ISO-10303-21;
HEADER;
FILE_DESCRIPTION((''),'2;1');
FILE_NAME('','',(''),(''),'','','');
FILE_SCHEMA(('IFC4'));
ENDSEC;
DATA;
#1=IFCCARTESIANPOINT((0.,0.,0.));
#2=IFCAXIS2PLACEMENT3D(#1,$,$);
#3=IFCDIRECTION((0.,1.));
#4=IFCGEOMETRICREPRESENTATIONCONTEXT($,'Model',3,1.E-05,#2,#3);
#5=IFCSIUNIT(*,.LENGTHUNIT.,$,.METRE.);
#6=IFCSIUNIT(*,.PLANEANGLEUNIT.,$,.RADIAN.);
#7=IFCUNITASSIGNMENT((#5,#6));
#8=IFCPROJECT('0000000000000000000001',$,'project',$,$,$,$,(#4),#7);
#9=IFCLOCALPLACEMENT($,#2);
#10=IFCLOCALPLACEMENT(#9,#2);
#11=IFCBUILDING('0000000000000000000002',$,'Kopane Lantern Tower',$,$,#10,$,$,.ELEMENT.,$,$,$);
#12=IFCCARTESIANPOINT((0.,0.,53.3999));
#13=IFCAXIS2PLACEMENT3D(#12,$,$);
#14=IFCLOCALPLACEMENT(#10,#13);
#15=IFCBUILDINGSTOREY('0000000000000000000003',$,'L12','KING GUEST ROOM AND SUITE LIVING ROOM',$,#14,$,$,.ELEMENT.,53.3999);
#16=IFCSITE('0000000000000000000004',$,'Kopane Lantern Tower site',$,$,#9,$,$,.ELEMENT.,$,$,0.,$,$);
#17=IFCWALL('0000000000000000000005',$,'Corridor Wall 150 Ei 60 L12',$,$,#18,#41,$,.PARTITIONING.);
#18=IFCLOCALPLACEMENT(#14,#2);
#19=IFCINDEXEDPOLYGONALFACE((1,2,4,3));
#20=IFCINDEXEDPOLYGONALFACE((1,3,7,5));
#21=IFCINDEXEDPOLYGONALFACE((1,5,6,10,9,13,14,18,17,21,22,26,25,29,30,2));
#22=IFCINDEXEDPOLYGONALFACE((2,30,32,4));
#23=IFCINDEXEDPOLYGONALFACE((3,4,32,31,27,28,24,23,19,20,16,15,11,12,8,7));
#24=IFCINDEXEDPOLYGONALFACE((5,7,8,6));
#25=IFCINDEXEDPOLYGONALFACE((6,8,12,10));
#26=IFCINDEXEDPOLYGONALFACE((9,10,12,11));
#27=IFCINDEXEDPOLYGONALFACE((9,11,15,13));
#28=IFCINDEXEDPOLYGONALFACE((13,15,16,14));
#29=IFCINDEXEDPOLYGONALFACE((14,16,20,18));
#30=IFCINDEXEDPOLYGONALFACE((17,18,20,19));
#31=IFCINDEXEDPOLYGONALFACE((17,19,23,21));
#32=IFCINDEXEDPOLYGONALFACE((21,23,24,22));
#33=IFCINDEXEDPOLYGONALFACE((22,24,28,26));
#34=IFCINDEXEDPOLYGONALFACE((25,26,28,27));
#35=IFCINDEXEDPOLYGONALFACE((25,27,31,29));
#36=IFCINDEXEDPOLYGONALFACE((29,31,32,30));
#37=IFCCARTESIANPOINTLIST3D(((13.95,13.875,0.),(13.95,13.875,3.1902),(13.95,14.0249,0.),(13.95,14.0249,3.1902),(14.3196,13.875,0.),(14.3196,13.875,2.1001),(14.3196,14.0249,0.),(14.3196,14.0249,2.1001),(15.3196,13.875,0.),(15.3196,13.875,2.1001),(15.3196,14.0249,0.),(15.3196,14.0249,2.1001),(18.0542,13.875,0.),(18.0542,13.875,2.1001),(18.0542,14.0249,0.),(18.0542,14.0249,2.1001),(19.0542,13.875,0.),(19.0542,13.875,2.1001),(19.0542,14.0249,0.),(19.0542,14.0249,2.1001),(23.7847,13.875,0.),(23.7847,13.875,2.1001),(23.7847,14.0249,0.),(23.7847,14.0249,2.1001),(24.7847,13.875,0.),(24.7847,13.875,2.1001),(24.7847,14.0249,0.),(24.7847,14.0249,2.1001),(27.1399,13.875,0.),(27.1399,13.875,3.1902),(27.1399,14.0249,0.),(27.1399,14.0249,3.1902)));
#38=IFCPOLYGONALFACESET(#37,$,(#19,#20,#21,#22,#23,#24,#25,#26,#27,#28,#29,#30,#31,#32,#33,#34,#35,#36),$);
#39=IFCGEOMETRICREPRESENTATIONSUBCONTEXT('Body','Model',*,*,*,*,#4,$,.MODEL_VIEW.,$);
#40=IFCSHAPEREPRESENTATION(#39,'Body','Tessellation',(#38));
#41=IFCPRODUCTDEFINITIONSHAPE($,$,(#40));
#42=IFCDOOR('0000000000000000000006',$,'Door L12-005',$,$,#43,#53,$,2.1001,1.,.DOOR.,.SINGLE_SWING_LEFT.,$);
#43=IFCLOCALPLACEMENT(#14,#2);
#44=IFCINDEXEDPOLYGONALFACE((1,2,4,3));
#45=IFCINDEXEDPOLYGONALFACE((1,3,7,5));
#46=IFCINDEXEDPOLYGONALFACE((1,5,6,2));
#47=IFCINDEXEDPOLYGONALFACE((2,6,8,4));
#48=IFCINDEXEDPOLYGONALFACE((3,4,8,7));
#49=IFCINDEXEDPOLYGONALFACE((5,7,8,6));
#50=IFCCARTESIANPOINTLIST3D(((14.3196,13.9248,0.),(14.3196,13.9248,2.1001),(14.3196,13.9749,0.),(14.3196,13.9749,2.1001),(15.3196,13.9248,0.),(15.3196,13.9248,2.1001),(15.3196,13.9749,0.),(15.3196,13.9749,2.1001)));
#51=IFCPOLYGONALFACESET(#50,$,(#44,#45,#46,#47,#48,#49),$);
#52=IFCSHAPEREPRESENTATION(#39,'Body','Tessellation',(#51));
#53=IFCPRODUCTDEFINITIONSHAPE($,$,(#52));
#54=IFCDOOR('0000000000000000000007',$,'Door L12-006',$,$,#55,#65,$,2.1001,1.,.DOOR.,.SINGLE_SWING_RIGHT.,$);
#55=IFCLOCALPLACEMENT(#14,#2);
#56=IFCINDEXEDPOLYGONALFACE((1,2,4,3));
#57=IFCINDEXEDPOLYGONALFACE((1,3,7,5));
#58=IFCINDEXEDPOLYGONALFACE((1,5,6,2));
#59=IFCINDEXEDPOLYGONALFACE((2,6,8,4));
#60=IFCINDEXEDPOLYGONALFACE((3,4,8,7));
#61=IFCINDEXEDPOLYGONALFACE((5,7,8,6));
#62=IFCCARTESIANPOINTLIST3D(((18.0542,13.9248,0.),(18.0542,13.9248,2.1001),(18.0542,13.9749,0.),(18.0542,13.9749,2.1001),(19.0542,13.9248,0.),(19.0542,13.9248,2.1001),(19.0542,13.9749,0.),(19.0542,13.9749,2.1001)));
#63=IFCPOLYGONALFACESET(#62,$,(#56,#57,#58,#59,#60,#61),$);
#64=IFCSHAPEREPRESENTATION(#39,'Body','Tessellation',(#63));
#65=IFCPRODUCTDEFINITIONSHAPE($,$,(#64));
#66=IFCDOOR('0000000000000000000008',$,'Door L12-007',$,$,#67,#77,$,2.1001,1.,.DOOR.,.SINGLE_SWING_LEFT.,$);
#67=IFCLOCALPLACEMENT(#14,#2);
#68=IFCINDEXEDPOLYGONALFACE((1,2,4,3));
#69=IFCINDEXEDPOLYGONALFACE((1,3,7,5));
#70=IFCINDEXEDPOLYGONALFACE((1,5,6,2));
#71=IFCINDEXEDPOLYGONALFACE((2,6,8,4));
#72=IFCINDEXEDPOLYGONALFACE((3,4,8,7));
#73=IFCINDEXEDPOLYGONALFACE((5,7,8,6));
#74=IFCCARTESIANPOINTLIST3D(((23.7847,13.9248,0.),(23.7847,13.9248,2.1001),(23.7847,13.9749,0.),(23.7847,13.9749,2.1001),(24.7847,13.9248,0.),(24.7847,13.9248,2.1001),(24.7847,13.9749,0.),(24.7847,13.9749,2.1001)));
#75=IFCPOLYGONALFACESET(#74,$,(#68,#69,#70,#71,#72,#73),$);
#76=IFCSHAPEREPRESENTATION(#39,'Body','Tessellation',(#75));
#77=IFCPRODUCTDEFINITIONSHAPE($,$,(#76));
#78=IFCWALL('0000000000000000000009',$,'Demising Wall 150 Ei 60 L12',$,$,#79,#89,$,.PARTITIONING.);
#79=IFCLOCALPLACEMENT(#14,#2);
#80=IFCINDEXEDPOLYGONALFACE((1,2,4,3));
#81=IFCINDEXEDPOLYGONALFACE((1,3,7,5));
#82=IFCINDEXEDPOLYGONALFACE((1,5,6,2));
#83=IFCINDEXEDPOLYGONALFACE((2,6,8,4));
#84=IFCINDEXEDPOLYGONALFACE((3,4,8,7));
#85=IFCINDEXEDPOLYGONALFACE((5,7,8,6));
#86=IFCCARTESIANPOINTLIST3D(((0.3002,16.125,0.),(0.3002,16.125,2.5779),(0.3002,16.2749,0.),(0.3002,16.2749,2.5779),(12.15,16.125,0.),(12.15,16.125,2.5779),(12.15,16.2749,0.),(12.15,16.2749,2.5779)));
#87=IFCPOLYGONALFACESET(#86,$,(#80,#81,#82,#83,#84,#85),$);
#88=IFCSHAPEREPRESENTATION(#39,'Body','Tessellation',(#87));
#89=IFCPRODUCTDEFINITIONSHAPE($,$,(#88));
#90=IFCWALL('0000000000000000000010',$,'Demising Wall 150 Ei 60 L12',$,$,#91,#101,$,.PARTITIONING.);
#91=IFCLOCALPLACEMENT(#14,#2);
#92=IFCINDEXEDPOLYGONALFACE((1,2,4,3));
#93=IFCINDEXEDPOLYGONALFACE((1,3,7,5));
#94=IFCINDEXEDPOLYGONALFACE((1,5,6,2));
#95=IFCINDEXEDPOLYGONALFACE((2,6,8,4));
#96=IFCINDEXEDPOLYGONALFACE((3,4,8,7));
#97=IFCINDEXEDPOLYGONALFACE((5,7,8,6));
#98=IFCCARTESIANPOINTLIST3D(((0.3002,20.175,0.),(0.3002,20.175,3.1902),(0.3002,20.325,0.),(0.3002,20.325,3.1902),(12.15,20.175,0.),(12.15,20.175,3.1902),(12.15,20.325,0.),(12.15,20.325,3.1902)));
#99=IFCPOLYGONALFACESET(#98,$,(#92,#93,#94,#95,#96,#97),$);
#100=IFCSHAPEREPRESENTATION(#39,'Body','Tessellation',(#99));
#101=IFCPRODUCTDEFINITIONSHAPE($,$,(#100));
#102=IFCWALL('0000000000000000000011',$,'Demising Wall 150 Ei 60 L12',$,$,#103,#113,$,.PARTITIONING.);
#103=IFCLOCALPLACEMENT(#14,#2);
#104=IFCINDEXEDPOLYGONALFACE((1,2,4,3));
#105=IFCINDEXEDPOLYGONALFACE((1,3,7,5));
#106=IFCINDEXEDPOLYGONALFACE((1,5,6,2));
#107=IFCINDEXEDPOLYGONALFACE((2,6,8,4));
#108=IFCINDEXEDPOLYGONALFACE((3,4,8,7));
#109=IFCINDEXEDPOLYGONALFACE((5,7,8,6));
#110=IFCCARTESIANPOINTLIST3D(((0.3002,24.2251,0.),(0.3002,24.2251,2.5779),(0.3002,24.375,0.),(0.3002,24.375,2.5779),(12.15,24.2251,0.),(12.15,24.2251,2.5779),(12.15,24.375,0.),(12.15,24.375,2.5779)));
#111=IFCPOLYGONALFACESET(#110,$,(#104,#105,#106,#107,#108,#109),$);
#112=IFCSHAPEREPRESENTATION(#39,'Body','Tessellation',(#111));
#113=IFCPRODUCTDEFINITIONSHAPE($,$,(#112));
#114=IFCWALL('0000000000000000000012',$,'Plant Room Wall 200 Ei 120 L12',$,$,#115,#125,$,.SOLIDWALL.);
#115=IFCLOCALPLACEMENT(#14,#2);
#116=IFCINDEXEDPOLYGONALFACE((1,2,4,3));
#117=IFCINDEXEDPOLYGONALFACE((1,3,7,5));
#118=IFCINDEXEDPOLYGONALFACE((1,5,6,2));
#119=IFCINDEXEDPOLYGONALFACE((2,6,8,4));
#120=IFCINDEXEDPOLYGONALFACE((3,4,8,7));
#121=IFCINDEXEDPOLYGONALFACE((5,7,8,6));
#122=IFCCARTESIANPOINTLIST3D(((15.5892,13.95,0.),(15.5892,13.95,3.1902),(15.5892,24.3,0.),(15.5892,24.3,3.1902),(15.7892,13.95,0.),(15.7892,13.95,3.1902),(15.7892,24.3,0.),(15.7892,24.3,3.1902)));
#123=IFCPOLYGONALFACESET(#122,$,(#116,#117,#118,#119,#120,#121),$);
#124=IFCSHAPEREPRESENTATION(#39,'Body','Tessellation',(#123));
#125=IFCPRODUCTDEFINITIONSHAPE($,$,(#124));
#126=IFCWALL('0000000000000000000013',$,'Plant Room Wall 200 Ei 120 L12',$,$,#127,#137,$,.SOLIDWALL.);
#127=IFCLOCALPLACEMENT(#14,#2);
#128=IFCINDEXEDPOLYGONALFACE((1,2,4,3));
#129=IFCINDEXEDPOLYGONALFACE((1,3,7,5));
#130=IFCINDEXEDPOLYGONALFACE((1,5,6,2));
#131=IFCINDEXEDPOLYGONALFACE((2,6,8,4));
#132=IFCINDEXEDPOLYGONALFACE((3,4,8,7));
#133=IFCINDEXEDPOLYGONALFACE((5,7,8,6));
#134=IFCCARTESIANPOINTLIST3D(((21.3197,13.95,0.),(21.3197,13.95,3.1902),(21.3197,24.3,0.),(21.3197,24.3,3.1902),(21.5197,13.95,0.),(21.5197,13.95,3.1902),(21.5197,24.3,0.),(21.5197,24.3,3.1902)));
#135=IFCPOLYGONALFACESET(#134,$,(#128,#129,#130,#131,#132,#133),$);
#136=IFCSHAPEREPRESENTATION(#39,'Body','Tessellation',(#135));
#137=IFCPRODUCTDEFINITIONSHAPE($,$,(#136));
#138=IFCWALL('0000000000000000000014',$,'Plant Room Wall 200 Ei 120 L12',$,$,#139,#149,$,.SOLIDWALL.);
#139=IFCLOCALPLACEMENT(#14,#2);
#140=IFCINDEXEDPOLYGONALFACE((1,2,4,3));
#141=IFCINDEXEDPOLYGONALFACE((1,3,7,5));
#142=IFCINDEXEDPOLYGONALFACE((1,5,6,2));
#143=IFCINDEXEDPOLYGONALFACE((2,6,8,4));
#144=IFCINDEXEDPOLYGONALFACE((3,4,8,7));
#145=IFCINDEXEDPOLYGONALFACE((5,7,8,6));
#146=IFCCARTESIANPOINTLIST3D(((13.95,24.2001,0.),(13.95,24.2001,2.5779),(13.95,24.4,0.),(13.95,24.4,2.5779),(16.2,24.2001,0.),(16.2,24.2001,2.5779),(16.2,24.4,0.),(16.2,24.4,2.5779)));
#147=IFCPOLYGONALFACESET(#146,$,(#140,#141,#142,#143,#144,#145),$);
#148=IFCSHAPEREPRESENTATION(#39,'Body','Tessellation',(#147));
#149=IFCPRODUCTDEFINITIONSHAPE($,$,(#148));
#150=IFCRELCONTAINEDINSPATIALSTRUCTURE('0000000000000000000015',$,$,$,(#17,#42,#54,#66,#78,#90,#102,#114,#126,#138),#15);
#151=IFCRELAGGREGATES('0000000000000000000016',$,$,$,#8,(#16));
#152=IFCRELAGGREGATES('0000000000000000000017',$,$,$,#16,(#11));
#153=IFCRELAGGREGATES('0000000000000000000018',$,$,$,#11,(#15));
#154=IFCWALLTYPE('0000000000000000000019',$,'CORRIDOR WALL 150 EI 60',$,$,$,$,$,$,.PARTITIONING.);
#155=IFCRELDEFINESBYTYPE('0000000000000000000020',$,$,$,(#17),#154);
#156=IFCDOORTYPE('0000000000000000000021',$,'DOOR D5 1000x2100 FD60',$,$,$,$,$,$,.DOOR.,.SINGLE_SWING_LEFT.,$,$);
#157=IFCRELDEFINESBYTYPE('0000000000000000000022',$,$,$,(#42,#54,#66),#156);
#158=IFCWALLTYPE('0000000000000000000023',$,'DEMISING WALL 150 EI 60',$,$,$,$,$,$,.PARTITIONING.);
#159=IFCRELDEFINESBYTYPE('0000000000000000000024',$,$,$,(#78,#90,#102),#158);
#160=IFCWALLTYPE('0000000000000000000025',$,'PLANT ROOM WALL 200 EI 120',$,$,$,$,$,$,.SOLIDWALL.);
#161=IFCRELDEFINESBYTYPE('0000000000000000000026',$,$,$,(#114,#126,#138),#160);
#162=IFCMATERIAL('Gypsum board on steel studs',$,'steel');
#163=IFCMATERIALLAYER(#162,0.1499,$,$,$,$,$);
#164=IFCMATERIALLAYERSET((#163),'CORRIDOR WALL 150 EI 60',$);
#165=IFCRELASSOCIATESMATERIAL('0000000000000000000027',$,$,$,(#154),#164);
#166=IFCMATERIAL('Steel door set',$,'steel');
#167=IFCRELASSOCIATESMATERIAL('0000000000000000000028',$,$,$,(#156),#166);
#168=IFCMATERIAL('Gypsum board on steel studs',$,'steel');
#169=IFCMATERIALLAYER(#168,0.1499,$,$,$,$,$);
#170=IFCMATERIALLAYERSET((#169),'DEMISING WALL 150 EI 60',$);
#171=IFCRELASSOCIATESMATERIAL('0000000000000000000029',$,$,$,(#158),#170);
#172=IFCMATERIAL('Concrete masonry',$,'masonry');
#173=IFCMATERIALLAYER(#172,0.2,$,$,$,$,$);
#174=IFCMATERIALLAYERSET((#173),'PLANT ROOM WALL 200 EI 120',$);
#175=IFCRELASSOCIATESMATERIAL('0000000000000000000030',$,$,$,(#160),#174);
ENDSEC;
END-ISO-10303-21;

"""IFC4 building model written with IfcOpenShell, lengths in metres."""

from ifc_helpers import new_model, si_unit, direction, frame, frame_2d, origin, place, context, subcontext, project, spatial, rectangle, extrude, material, layer, layer_set, type_object, element, fill, save


model = new_model("IFC4")

# Units and contexts
model_context = context("Model", 3, precision=1e-05, world=origin(), true_north=direction((0.0, 1.0)))
body_context = subcontext(model_context, "Body", "Model", "MODEL_VIEW")
ifc_project = project(units=[si_unit("LENGTHUNIT", "METRE"), si_unit("PLANEANGLEUNIT", "RADIAN")], contexts=[model_context])

# Site, building, storey
site_placement = place(None, origin())
site = spatial("IfcSite", under=ifc_project, at=site_placement, Name="Kopane Lantern Tower site", CompositionType="ELEMENT", RefElevation=0.0)
building_placement = place(site_placement, origin())
building = spatial("IfcBuilding", under=site, at=building_placement, Name="Kopane Lantern Tower", CompositionType="ELEMENT")
storey_placement = place(building_placement, frame((0.0, 0.0, 53.3999)))
storey = spatial("IfcBuildingStorey", under=building, at=storey_placement, Name="L12", Description="KING GUEST ROOM AND SUITE LIVING ROOM", CompositionType="ELEMENT", Elevation=53.3999)

# Wall, openings, doors
ifc_material_1 = material(Name="Gypsum board on steel studs", Category="steel")
ifc_layer_1 = layer(ifc_material_1, 0.1499)
ifc_layer_set_1 = layer_set([ifc_layer_1], Name="CORRIDOR WALL 150 EI 60")
wall_type_1 = type_object("IfcWallType", Name="CORRIDOR WALL 150 EI 60", PredefinedType="PARTITIONING", material=ifc_layer_set_1)
wall_1_placement = place(storey_placement, frame((13.95, 13.95, 0.0), z_axis=(0.0, 0.0, 1.0), x_axis=(1.0, 0.0, 0.0)))
wall_1 = element("IfcWall", 1, at=wall_1_placement, inside=storey, type_object=wall_type_1, Name="Corridor Wall 150 Ei 60 L12", PredefinedType="PARTITIONING", context=body_context, shape_type="SweptSolid", body=[
    extrude(rectangle(XDim=13.1899, YDim=0.1499, at=frame_2d((6.595, 0.0))), origin(), (0.0, 0.0, 1.0), 3.1902),
])
opening_1_placement = place(wall_1_placement, frame((0.3696, 0.0, 0.0)))
opening_1 = element("IfcOpeningElement", 2, at=opening_1_placement, cuts=wall_1, PredefinedType="OPENING", context=body_context, shape_type="SweptSolid", body=[
    extrude(rectangle(XDim=1.0, YDim=2.1001, at=frame_2d((0.5, 1.05))), frame((0.0, 0.085, 0.0), z_axis=(0.0, -1.0, 0.0), x_axis=(1.0, 0.0, 0.0)), (0.0, 0.0, 1.0), 0.1699),
])
opening_2_placement = place(wall_1_placement, frame((4.1042, 0.0, 0.0)))
opening_2 = element("IfcOpeningElement", 3, at=opening_2_placement, cuts=wall_1, PredefinedType="OPENING", context=body_context, shape_type="SweptSolid", body=[
    extrude(rectangle(XDim=1.0, YDim=2.1001, at=frame_2d((0.5, 1.05))), frame((0.0, 0.085, 0.0), z_axis=(0.0, -1.0, 0.0), x_axis=(1.0, 0.0, 0.0)), (0.0, 0.0, 1.0), 0.1699),
])
opening_3_placement = place(wall_1_placement, frame((9.8347, 0.0, 0.0)))
opening_3 = element("IfcOpeningElement", 4, at=opening_3_placement, cuts=wall_1, PredefinedType="OPENING", context=body_context, shape_type="SweptSolid", body=[
    extrude(rectangle(XDim=1.0, YDim=2.1001, at=frame_2d((0.5, 1.05))), frame((0.0, 0.085, 0.0), z_axis=(0.0, -1.0, 0.0), x_axis=(1.0, 0.0, 0.0)), (0.0, 0.0, 1.0), 0.1699),
])
ifc_material_2 = material(Name="Steel door set", Category="steel")
door_type_1 = type_object("IfcDoorType", Name="DOOR D5 1000x2100 FD60", OperationType="SINGLE_SWING_LEFT", PredefinedType="DOOR", material=ifc_material_2)
door_1_placement = place(opening_1_placement, origin())
door_1 = element("IfcDoor", 5, at=door_1_placement, inside=storey, type_object=door_type_1, Name="Door L12-005", OperationType="SINGLE_SWING_LEFT", OverallHeight=2.1001, OverallWidth=1.0, PredefinedType="DOOR", context=body_context, shape_type="SweptSolid", body=[
    extrude(rectangle(XDim=1.0, YDim=2.1001, at=frame_2d((0.5, 1.05))), frame((0.0, 0.0249, 0.0), z_axis=(0.0, -1.0, 0.0), x_axis=(1.0, 0.0, 0.0)), (0.0, 0.0, 1.0), 0.05),
])
fill(opening_1, door_1)
door_2_placement = place(opening_2_placement, origin())
door_2 = element("IfcDoor", 6, at=door_2_placement, inside=storey, type_object=door_type_1, Name="Door L12-006", OperationType="SINGLE_SWING_RIGHT", OverallHeight=2.1001, OverallWidth=1.0, PredefinedType="DOOR", context=body_context, shape_type="SweptSolid", body=[
    extrude(rectangle(XDim=1.0, YDim=2.1001, at=frame_2d((0.5, 1.05))), frame((0.0, 0.0249, 0.0), z_axis=(0.0, -1.0, 0.0), x_axis=(1.0, 0.0, 0.0)), (0.0, 0.0, 1.0), 0.05),
])
fill(opening_2, door_2)
door_3_placement = place(opening_3_placement, origin())
door_3 = element("IfcDoor", 7, at=door_3_placement, inside=storey, type_object=door_type_1, Name="Door L12-007", OperationType="SINGLE_SWING_LEFT", OverallHeight=2.1001, OverallWidth=1.0, PredefinedType="DOOR", context=body_context, shape_type="SweptSolid", body=[
    extrude(rectangle(XDim=1.0, YDim=2.1001, at=frame_2d((0.5, 1.05))), frame((0.0, 0.0249, 0.0), z_axis=(0.0, -1.0, 0.0), x_axis=(1.0, 0.0, 0.0)), (0.0, 0.0, 1.0), 0.05),
])
fill(opening_3, door_3)

# Walls
ifc_material_3 = material(Name="Gypsum board on steel studs", Category="steel")
ifc_layer_2 = layer(ifc_material_3, 0.1499)
ifc_layer_set_2 = layer_set([ifc_layer_2], Name="DEMISING WALL 150 EI 60")
wall_type_2 = type_object("IfcWallType", Name="DEMISING WALL 150 EI 60", PredefinedType="PARTITIONING", material=ifc_layer_set_2)
wall_2_placement = place(storey_placement, frame((12.1499, 16.2, 0.0), z_axis=(0.0, 0.0, 1.0), x_axis=(-1.0, 0.0, 0.0)))
element("IfcWall", 8, at=wall_2_placement, inside=storey, type_object=wall_type_2, Name="Demising Wall 150 Ei 60 L12", PredefinedType="PARTITIONING", context=body_context, shape_type="SweptSolid", body=[
    extrude(rectangle(XDim=11.8499, YDim=0.1499, at=frame_2d((5.9248, 0.0))), origin(), (0.0, 0.0, 1.0), 2.5779),
])
wall_3_placement = place(storey_placement, frame((12.1499, 20.25, 0.0), z_axis=(0.0, 0.0, 1.0), x_axis=(-1.0, 0.0, 0.0)))
element("IfcWall", 9, at=wall_3_placement, inside=storey, type_object=wall_type_2, Name="Demising Wall 150 Ei 60 L12", PredefinedType="PARTITIONING", context=body_context, shape_type="SweptSolid", body=[
    extrude(rectangle(XDim=11.8499, YDim=0.1499, at=frame_2d((5.9248, 0.0))), origin(), (0.0, 0.0, 1.0), 3.1902),
])
wall_4_placement = place(storey_placement, frame((12.1499, 24.3, 0.0), z_axis=(0.0, 0.0, 1.0), x_axis=(-1.0, 0.0, 0.0)))
element("IfcWall", 10, at=wall_4_placement, inside=storey, type_object=wall_type_2, Name="Demising Wall 150 Ei 60 L12", PredefinedType="PARTITIONING", context=body_context, shape_type="SweptSolid", body=[
    extrude(rectangle(XDim=11.8499, YDim=0.1499, at=frame_2d((5.9248, 0.0))), origin(), (0.0, 0.0, 1.0), 2.5779),
])
ifc_material_4 = material(Name="Concrete masonry", Category="masonry")
ifc_layer_3 = layer(ifc_material_4, 0.2)
ifc_layer_set_3 = layer_set([ifc_layer_3], Name="PLANT ROOM WALL 200 EI 120")
wall_type_3 = type_object("IfcWallType", Name="PLANT ROOM WALL 200 EI 120", PredefinedType="SOLIDWALL", material=ifc_layer_set_3)
for number, where, z_axis, x_axis, name in (
    (11, (15.6892, 13.95, 0.0), (0.0, 0.0, 1.0), (0.0, 1.0, 0.0), "Plant Room Wall 200 Ei 120 L12"),
    (12, (21.4197, 13.95, 0.0), (0.0, 0.0, 1.0), (0.0, 1.0, 0.0), "Plant Room Wall 200 Ei 120 L12"),
):
    element("IfcWall", number, at=place(storey_placement, frame(where, z_axis=z_axis, x_axis=x_axis)), inside=storey, type_object=wall_type_3, Name=name, PredefinedType="SOLIDWALL", context=body_context, shape_type="SweptSolid", body=[
        extrude(rectangle(XDim=10.3501, YDim=0.2, at=frame_2d((5.175, 0.0))), origin(), (0.0, 0.0, 1.0), 3.1902),
    ])
wall_5_placement = place(storey_placement, frame((13.95, 24.3, 0.0), z_axis=(0.0, 0.0, 1.0), x_axis=(1.0, 0.0, 0.0)))
element("IfcWall", 13, at=wall_5_placement, inside=storey, type_object=wall_type_3, Name="Plant Room Wall 200 Ei 120 L12", PredefinedType="SOLIDWALL", context=body_context, shape_type="SweptSolid", body=[
    extrude(rectangle(XDim=2.25, YDim=0.2, at=frame_2d((1.125, 0.0))), origin(), (0.0, 0.0, 1.0), 2.5779),
])

save(model, "model.ifc")
